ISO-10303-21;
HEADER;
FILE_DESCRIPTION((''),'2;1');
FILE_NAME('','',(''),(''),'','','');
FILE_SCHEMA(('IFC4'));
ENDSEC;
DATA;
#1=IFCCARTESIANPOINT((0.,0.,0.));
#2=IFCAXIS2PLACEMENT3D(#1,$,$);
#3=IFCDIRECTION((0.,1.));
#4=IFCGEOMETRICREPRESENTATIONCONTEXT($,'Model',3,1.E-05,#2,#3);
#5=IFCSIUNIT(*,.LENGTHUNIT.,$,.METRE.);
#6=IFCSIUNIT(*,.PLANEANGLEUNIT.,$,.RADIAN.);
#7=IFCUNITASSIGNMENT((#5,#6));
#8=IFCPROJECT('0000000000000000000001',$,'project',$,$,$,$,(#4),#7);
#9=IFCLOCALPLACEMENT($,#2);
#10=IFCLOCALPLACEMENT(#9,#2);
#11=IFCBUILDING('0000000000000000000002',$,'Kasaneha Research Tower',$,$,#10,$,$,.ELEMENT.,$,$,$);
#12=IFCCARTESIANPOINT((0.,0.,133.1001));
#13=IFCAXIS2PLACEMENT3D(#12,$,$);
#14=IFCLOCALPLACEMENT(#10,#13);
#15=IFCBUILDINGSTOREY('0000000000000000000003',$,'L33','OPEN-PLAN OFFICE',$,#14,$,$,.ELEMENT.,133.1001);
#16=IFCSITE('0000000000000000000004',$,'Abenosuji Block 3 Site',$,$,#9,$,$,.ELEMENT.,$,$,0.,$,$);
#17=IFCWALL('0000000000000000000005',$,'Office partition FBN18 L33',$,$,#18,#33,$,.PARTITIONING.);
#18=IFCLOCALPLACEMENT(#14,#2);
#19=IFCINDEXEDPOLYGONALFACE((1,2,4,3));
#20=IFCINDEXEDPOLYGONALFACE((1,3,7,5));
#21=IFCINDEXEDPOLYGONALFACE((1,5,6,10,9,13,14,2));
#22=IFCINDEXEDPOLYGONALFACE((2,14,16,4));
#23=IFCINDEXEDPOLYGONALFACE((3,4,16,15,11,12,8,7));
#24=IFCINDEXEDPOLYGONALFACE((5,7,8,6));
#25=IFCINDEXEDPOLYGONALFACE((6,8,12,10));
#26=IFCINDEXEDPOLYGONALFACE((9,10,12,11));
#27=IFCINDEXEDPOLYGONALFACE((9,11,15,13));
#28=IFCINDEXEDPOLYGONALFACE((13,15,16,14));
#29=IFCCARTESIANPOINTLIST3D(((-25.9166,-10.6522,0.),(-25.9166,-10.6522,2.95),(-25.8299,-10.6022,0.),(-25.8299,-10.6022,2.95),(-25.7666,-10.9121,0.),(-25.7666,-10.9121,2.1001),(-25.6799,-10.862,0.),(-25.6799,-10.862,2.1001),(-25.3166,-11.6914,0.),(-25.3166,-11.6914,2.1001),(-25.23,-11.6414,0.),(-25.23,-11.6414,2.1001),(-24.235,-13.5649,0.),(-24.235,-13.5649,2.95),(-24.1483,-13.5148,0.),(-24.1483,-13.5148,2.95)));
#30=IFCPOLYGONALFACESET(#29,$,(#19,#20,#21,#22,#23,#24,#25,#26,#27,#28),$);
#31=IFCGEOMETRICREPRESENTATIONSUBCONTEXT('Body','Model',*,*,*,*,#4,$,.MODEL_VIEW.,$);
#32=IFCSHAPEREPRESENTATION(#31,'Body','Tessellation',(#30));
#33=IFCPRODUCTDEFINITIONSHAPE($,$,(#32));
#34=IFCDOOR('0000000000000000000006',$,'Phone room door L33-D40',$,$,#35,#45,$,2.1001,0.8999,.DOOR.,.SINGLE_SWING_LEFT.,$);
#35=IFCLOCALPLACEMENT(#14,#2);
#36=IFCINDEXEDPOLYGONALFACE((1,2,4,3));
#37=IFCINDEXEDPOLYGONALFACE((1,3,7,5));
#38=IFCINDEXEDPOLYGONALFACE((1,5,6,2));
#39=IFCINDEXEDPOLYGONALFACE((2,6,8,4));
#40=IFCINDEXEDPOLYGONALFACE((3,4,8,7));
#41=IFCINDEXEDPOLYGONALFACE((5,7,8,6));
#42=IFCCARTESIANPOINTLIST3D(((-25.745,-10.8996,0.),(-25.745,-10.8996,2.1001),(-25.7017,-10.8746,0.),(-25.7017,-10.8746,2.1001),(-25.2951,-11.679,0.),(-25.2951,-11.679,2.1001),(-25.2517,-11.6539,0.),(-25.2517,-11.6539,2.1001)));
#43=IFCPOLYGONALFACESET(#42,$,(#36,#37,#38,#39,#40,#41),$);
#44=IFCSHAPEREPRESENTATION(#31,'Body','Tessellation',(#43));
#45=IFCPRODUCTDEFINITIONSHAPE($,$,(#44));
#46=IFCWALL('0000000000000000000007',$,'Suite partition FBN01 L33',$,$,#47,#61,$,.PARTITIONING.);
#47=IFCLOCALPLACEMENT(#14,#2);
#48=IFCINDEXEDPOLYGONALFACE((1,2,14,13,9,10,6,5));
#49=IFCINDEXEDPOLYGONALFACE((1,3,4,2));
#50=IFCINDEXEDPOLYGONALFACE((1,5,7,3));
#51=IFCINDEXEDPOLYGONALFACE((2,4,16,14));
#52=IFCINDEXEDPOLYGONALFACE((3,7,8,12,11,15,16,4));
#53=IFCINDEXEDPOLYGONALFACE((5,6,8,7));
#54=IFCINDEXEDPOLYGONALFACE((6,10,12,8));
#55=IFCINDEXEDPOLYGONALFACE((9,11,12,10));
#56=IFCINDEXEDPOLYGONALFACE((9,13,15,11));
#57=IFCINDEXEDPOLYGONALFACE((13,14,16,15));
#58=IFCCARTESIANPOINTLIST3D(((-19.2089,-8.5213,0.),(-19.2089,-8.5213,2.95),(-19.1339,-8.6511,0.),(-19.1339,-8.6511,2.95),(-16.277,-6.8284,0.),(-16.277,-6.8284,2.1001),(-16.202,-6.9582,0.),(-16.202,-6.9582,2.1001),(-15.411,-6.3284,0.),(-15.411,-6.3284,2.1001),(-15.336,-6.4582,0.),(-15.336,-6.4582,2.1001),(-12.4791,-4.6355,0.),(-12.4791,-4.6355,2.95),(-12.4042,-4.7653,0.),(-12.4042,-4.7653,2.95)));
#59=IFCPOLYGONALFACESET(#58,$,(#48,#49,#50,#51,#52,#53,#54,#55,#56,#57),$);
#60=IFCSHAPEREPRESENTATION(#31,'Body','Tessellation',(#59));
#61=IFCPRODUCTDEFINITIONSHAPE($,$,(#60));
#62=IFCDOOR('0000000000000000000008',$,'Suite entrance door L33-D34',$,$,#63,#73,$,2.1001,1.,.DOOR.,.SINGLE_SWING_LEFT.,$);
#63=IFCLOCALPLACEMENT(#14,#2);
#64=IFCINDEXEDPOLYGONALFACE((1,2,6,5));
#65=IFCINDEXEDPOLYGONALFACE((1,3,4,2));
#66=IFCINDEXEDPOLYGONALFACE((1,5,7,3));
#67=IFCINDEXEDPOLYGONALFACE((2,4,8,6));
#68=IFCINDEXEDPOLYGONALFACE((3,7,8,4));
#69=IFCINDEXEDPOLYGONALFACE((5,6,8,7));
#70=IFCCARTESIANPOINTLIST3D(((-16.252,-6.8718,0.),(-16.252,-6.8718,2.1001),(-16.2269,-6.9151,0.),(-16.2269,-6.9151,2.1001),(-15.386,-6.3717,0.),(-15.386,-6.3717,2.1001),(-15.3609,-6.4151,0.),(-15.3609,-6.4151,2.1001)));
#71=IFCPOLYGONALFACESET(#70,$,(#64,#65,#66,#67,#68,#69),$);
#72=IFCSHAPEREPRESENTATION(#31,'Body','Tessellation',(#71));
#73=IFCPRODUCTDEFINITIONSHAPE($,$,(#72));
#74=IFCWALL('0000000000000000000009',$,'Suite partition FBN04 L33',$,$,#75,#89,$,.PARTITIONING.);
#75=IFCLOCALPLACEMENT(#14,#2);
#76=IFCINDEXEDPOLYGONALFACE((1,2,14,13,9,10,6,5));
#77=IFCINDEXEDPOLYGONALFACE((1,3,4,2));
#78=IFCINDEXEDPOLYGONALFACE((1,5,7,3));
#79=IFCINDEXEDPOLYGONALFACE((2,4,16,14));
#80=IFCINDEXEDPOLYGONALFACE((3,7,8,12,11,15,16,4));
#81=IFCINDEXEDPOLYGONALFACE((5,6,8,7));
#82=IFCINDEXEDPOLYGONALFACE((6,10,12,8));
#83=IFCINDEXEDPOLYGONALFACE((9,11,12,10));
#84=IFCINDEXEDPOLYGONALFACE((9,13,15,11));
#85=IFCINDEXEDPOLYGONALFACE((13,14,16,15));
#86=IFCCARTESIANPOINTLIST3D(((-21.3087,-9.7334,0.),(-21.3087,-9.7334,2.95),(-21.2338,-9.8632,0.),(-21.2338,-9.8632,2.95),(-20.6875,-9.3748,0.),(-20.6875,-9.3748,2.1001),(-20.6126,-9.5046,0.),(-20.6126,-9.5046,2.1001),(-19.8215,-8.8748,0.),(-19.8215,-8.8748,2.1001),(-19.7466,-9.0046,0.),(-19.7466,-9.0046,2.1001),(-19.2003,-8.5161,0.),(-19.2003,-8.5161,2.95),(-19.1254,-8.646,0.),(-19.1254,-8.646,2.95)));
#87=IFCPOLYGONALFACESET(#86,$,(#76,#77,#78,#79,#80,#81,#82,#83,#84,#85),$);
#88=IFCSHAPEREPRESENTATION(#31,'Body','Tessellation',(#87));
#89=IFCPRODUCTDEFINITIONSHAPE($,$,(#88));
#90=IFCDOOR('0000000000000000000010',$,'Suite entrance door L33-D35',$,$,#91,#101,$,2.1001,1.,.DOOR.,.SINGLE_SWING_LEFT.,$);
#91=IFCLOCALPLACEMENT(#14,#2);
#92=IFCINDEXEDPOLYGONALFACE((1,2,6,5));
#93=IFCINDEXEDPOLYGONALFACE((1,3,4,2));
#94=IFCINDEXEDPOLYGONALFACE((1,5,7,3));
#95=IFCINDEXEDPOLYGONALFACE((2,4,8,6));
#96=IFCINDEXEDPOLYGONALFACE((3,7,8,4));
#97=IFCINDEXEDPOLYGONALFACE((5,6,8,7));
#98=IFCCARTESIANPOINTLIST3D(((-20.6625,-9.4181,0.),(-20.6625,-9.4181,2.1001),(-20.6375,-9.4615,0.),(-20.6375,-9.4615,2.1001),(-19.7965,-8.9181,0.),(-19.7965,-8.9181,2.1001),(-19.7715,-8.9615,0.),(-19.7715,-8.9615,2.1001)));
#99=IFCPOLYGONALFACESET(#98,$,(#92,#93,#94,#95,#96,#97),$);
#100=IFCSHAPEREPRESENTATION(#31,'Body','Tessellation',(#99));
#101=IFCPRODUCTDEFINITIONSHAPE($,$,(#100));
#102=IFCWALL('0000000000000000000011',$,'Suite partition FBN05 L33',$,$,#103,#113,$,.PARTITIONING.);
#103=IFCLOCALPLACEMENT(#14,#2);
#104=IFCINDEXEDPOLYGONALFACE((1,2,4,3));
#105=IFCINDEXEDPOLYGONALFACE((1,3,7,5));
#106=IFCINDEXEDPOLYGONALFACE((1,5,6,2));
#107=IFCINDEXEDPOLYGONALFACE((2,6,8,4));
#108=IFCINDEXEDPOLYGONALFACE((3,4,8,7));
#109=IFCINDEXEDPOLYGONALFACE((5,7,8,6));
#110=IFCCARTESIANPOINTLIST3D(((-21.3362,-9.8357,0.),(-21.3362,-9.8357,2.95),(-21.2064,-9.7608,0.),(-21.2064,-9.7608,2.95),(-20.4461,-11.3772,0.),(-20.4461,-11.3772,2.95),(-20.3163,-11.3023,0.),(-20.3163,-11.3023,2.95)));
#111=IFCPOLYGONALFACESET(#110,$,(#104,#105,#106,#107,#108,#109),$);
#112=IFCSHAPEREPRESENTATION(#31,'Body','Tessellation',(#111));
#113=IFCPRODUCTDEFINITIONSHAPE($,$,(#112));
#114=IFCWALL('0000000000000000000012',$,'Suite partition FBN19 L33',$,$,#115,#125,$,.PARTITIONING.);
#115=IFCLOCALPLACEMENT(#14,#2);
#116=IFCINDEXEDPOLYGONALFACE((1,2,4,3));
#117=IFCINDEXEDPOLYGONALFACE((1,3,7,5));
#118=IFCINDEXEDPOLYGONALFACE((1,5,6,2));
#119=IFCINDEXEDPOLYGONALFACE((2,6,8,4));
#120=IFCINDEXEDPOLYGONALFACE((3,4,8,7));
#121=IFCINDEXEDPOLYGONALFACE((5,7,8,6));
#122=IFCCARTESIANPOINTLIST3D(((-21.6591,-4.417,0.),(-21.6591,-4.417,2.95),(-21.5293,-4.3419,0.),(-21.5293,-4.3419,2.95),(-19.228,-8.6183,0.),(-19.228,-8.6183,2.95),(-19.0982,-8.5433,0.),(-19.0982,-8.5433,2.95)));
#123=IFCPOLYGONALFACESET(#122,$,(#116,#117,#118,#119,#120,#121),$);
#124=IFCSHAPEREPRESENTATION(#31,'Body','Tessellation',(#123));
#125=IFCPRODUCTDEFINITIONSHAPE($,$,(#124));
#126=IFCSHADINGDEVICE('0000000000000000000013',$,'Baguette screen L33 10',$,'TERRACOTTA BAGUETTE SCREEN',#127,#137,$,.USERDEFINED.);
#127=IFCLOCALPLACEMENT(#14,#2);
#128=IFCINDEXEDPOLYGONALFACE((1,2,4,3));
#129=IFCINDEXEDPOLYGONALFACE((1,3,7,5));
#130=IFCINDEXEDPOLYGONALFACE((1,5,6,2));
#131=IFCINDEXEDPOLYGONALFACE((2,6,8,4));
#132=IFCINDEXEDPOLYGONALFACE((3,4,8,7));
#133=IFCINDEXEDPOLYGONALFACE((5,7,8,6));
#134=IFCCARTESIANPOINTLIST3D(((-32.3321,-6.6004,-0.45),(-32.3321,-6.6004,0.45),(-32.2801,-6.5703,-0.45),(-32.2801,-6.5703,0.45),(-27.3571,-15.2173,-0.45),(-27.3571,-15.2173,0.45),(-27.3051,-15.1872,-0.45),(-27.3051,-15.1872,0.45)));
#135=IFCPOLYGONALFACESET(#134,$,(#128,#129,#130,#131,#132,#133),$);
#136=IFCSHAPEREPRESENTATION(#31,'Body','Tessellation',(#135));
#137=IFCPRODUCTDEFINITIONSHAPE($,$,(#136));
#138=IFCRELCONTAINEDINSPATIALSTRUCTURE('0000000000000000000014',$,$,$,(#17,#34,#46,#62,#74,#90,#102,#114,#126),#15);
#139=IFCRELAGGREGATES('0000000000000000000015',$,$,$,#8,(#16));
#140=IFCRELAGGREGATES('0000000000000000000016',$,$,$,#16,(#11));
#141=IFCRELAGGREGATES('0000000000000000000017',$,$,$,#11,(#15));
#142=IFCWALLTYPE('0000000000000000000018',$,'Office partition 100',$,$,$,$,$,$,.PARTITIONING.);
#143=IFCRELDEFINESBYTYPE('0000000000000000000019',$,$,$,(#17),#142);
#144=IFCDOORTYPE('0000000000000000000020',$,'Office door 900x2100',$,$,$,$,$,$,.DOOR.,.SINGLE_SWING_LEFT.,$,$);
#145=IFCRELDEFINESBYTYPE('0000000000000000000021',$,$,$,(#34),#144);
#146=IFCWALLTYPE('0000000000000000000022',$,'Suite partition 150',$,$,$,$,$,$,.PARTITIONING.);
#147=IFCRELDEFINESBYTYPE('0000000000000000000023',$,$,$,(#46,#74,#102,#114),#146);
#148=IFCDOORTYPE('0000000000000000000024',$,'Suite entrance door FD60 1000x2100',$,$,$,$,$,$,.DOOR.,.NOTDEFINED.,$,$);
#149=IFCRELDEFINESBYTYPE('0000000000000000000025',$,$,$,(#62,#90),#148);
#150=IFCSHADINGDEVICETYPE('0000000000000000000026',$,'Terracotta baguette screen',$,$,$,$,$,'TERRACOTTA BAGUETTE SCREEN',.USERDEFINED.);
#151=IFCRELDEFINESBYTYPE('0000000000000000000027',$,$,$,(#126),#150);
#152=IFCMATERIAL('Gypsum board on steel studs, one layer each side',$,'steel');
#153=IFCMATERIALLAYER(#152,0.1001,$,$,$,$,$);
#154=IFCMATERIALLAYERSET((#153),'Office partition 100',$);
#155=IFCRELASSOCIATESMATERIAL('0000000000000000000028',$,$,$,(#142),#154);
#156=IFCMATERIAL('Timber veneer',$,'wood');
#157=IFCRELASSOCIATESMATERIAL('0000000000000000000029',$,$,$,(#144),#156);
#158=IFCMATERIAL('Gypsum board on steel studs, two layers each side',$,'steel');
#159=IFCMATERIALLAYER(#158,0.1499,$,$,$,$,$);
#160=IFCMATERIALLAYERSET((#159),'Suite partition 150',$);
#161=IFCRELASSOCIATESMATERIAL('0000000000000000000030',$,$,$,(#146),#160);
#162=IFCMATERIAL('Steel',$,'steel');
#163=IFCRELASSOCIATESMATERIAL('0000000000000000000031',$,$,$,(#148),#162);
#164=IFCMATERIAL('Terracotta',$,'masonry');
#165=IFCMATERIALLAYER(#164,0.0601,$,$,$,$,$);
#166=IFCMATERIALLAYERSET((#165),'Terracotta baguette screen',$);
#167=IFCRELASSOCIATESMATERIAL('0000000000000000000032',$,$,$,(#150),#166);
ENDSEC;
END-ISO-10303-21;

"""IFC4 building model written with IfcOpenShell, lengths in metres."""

from ifc_helpers import new_model, si_unit, direction, frame, frame_2d, origin, origin_2d, place, context, subcontext, project, spatial, rectangle, extrude, material, layer, layer_set, type_object, element, fill, save


model = new_model("IFC4")

# Units and contexts
model_context = context("Model", 3, precision=1e-05, world=origin(), true_north=direction((0.0, 1.0)))
body_context = subcontext(model_context, "Body", "Model", "MODEL_VIEW")
ifc_project = project(units=[si_unit("LENGTHUNIT", "METRE"), si_unit("PLANEANGLEUNIT", "RADIAN")], contexts=[model_context])

# Site, building, storey
site_placement = place(None, origin())
site = spatial("IfcSite", under=ifc_project, at=site_placement, Name="Abenosuji Block 3 Site", CompositionType="ELEMENT", RefElevation=0.0)
building_placement = place(site_placement, origin())
building = spatial("IfcBuilding", under=site, at=building_placement, Name="Kasaneha Research Tower", CompositionType="ELEMENT")
storey_placement = place(building_placement, frame((0.0, 0.0, 133.1001)))
storey = spatial("IfcBuildingStorey", under=building, at=storey_placement, Name="L33", Description="OPEN-PLAN OFFICE", CompositionType="ELEMENT", Elevation=133.1001)

# Shared definitions
ifc_material_1 = material(Name="Gypsum board on steel studs, one layer each side", Category="steel")
ifc_layer_1 = layer(ifc_material_1, 0.1001)
ifc_layer_set_1 = layer_set([ifc_layer_1], Name="Office partition 100")
wall_type_1 = type_object("IfcWallType", Name="Office partition 100", PredefinedType="PARTITIONING", material=ifc_layer_set_1)

# Shared definitions
ifc_material_2 = material(Name="Timber veneer", Category="wood")
door_type_1 = type_object("IfcDoorType", Name="Office door 900x2100", OperationType="SINGLE_SWING_LEFT", PredefinedType="DOOR", material=ifc_material_2)

# Walls, openings, doors
wall_1_placement = place(storey_placement, frame((-25.8733, -10.6272, 0.0), z_axis=(0.0, 0.0, 1.0), x_axis=(0.500012, -0.866019, 0.0)))
wall_1 = element("IfcWall", 1, at=wall_1_placement, inside=storey, type_object=wall_type_1, Name="Office partition FBN18 L33", PredefinedType="PARTITIONING", context=body_context, shape_type="SweptSolid", body=[
    extrude(rectangle(XDim=3.3633, YDim=0.1001, at=frame_2d((1.6816, 0.0))), origin(), (0.0, 0.0, 1.0), 2.95),
])
opening_1_placement = place(wall_1_placement, frame((0.3, 0.0, 0.0)))
opening_1 = element("IfcOpeningElement", 2, at=opening_1_placement, cuts=wall_1, PredefinedType="OPENING", context=body_context, shape_type="SweptSolid", body=[
    extrude(rectangle(XDim=0.8999, YDim=2.1001, at=frame_2d((0.45, 1.05))), frame((0.0, 0.0601, 0.0), z_axis=(0.0, -1.0, 0.0), x_axis=(1.0, 0.0, 0.0)), (0.0, 0.0, 1.0), 0.1201),
])
door_1_placement = place(opening_1_placement, origin())
door_1 = element("IfcDoor", 3, at=door_1_placement, inside=storey, type_object=door_type_1, Name="Phone room door L33-D40", OperationType="SINGLE_SWING_LEFT", OverallHeight=2.1001, OverallWidth=0.8999, PredefinedType="DOOR", context=body_context, shape_type="SweptSolid", body=[
    extrude(rectangle(XDim=0.8999, YDim=2.1001, at=frame_2d((0.45, 1.05))), frame((0.0, 0.0249, 0.0), z_axis=(0.0, -1.0, 0.0), x_axis=(1.0, 0.0, 0.0)), (0.0, 0.0, 1.0), 0.05),
])
fill(opening_1, door_1)
ifc_material_3 = material(Name="Gypsum board on steel studs, two layers each side", Category="steel")
ifc_layer_2 = layer(ifc_material_3, 0.1499)
ifc_layer_set_2 = layer_set([ifc_layer_2], Name="Suite partition 150")
wall_type_2 = type_object("IfcWallType", Name="Suite partition 150", PredefinedType="PARTITIONING", material=ifc_layer_set_2)
wall_2_placement = place(storey_placement, frame((-19.1714, -8.5862, 0.0), z_axis=(0.0, 0.0, 1.0), x_axis=(0.866007, 0.500032, 0.0)))
wall_2 = element("IfcWall", 4, at=wall_2_placement, inside=storey, type_object=wall_type_2, Name="Suite partition FBN01 L33", PredefinedType="PARTITIONING", context=body_context, shape_type="SweptSolid", body=[
    extrude(rectangle(XDim=7.771, YDim=0.1499, at=frame_2d((3.8855, 0.0))), origin(), (0.0, 0.0, 1.0), 2.95),
])
opening_2_placement = place(wall_2_placement, frame((3.3855, 0.0, 0.0)))
opening_2 = element("IfcOpeningElement", 5, at=opening_2_placement, cuts=wall_2, PredefinedType="OPENING", context=body_context, shape_type="SweptSolid", body=[
    extrude(rectangle(XDim=1.0, YDim=2.1001, at=frame_2d((0.5, 1.05))), frame((0.0, 0.085, 0.0), z_axis=(0.0, -1.0, 0.0), x_axis=(1.0, 0.0, 0.0)), (0.0, 0.0, 1.0), 0.1699),
])
ifc_material_4 = material(Name="Steel", Category="steel")
door_type_2 = type_object("IfcDoorType", Name="Suite entrance door FD60 1000x2100", OperationType="NOTDEFINED", PredefinedType="DOOR", material=ifc_material_4)
door_2_placement = place(opening_2_placement, origin())
door_2 = element("IfcDoor", 6, at=door_2_placement, inside=storey, type_object=door_type_2, Name="Suite entrance door L33-D34", OperationType="SINGLE_SWING_LEFT", OverallHeight=2.1001, OverallWidth=1.0, PredefinedType="DOOR", context=body_context, shape_type="SweptSolid", body=[
    extrude(rectangle(XDim=1.0, YDim=2.1001, at=frame_2d((0.5, 1.05))), frame((0.0, 0.0249, 0.0), z_axis=(0.0, -1.0, 0.0), x_axis=(1.0, 0.0, 0.0)), (0.0, 0.0, 1.0), 0.05),
])
fill(opening_2, door_2)
wall_3_placement = place(storey_placement, frame((-21.2712, -9.7983, 0.0), z_axis=(0.0, 0.0, 1.0), x_axis=(0.866025, 0.5, 0.0)))
wall_3 = element("IfcWall", 7, at=wall_3_placement, inside=storey, type_object=wall_type_2, Name="Suite partition FBN04 L33", PredefinedType="PARTITIONING", context=body_context, shape_type="SweptSolid", body=[
    extrude(rectangle(XDim=2.4346, YDim=0.1499, at=frame_2d((1.2173, 0.0))), origin(), (0.0, 0.0, 1.0), 2.95),
])
opening_3_placement = place(wall_3_placement, frame((0.7173, 0.0, 0.0)))
opening_3 = element("IfcOpeningElement", 8, at=opening_3_placement, cuts=wall_3, PredefinedType="OPENING", context=body_context, shape_type="SweptSolid", body=[
    extrude(rectangle(XDim=1.0, YDim=2.1001, at=frame_2d((0.5, 1.05))), frame((0.0, 0.085, 0.0), z_axis=(0.0, -1.0, 0.0), x_axis=(1.0, 0.0, 0.0)), (0.0, 0.0, 1.0), 0.1699),
])
door_3_placement = place(opening_3_placement, origin())
door_3 = element("IfcDoor", 9, at=door_3_placement, inside=storey, type_object=door_type_2, Name="Suite entrance door L33-D35", OperationType="SINGLE_SWING_LEFT", OverallHeight=2.1001, OverallWidth=1.0, PredefinedType="DOOR", context=body_context, shape_type="SweptSolid", body=[
    extrude(rectangle(XDim=1.0, YDim=2.1001, at=frame_2d((0.5, 1.05))), frame((0.0, 0.0249, 0.0), z_axis=(0.0, -1.0, 0.0), x_axis=(1.0, 0.0, 0.0)), (0.0, 0.0, 1.0), 0.05),
])
fill(opening_3, door_3)

# Walls
wall_4_placement = place(storey_placement, frame((-20.3811, -11.3398, 0.0), z_axis=(0.0, 0.0, 1.0), x_axis=(-0.500063, 0.865989, 0.0)))
element("IfcWall", 10, at=wall_4_placement, inside=storey, type_object=wall_type_2, Name="Suite partition FBN05 L33", PredefinedType="PARTITIONING", context=body_context, shape_type="SweptSolid", body=[
    extrude(rectangle(XDim=1.78, YDim=0.1499, at=frame_2d((0.8901, 0.0))), origin(), (0.0, 0.0, 1.0), 2.95),
])
wall_5_placement = place(storey_placement, frame((-19.1631, -8.5808, 0.0), z_axis=(0.0, 0.0, 1.0), x_axis=(-0.500844, 0.865538, 0.0)))
element("IfcWall", 11, at=wall_5_placement, inside=storey, type_object=wall_type_2, Name="Suite partition FBN19 L33", PredefinedType="PARTITIONING", context=body_context, shape_type="SweptSolid", body=[
    extrude(rectangle(XDim=4.854, YDim=0.1499, at=frame_2d((2.427, 0.0))), origin(), (0.0, 0.0, 1.0), 2.95),
])

# Shading device
ifc_material_5 = material(Name="Terracotta", Category="masonry")
ifc_layer_3 = layer(ifc_material_5, 0.0601)
ifc_layer_set_3 = layer_set([ifc_layer_3], Name="Terracotta baguette screen")
shading_device_type = type_object("IfcShadingDeviceType", Name="Terracotta baguette screen", ElementType="TERRACOTTA BAGUETTE SCREEN", PredefinedType="USERDEFINED", material=ifc_layer_set_3)
shading_device_placement = place(storey_placement, frame((-29.8186, -10.8938, -0.45), z_axis=(0.0, 0.0, 1.0), x_axis=(0.5, -0.866025, 0.0)))
element("IfcShadingDevice", 12, at=shading_device_placement, inside=storey, type_object=shading_device_type, Name="Baguette screen L33 10", ObjectType="TERRACOTTA BAGUETTE SCREEN", PredefinedType="USERDEFINED", context=body_context, shape_type="SweptSolid", body=[
    extrude(rectangle(XDim=9.95, YDim=0.0601, at=origin_2d()), origin(), (0.0, 0.0, 1.0), 0.8999),
])

save(model, "model.ifc")
